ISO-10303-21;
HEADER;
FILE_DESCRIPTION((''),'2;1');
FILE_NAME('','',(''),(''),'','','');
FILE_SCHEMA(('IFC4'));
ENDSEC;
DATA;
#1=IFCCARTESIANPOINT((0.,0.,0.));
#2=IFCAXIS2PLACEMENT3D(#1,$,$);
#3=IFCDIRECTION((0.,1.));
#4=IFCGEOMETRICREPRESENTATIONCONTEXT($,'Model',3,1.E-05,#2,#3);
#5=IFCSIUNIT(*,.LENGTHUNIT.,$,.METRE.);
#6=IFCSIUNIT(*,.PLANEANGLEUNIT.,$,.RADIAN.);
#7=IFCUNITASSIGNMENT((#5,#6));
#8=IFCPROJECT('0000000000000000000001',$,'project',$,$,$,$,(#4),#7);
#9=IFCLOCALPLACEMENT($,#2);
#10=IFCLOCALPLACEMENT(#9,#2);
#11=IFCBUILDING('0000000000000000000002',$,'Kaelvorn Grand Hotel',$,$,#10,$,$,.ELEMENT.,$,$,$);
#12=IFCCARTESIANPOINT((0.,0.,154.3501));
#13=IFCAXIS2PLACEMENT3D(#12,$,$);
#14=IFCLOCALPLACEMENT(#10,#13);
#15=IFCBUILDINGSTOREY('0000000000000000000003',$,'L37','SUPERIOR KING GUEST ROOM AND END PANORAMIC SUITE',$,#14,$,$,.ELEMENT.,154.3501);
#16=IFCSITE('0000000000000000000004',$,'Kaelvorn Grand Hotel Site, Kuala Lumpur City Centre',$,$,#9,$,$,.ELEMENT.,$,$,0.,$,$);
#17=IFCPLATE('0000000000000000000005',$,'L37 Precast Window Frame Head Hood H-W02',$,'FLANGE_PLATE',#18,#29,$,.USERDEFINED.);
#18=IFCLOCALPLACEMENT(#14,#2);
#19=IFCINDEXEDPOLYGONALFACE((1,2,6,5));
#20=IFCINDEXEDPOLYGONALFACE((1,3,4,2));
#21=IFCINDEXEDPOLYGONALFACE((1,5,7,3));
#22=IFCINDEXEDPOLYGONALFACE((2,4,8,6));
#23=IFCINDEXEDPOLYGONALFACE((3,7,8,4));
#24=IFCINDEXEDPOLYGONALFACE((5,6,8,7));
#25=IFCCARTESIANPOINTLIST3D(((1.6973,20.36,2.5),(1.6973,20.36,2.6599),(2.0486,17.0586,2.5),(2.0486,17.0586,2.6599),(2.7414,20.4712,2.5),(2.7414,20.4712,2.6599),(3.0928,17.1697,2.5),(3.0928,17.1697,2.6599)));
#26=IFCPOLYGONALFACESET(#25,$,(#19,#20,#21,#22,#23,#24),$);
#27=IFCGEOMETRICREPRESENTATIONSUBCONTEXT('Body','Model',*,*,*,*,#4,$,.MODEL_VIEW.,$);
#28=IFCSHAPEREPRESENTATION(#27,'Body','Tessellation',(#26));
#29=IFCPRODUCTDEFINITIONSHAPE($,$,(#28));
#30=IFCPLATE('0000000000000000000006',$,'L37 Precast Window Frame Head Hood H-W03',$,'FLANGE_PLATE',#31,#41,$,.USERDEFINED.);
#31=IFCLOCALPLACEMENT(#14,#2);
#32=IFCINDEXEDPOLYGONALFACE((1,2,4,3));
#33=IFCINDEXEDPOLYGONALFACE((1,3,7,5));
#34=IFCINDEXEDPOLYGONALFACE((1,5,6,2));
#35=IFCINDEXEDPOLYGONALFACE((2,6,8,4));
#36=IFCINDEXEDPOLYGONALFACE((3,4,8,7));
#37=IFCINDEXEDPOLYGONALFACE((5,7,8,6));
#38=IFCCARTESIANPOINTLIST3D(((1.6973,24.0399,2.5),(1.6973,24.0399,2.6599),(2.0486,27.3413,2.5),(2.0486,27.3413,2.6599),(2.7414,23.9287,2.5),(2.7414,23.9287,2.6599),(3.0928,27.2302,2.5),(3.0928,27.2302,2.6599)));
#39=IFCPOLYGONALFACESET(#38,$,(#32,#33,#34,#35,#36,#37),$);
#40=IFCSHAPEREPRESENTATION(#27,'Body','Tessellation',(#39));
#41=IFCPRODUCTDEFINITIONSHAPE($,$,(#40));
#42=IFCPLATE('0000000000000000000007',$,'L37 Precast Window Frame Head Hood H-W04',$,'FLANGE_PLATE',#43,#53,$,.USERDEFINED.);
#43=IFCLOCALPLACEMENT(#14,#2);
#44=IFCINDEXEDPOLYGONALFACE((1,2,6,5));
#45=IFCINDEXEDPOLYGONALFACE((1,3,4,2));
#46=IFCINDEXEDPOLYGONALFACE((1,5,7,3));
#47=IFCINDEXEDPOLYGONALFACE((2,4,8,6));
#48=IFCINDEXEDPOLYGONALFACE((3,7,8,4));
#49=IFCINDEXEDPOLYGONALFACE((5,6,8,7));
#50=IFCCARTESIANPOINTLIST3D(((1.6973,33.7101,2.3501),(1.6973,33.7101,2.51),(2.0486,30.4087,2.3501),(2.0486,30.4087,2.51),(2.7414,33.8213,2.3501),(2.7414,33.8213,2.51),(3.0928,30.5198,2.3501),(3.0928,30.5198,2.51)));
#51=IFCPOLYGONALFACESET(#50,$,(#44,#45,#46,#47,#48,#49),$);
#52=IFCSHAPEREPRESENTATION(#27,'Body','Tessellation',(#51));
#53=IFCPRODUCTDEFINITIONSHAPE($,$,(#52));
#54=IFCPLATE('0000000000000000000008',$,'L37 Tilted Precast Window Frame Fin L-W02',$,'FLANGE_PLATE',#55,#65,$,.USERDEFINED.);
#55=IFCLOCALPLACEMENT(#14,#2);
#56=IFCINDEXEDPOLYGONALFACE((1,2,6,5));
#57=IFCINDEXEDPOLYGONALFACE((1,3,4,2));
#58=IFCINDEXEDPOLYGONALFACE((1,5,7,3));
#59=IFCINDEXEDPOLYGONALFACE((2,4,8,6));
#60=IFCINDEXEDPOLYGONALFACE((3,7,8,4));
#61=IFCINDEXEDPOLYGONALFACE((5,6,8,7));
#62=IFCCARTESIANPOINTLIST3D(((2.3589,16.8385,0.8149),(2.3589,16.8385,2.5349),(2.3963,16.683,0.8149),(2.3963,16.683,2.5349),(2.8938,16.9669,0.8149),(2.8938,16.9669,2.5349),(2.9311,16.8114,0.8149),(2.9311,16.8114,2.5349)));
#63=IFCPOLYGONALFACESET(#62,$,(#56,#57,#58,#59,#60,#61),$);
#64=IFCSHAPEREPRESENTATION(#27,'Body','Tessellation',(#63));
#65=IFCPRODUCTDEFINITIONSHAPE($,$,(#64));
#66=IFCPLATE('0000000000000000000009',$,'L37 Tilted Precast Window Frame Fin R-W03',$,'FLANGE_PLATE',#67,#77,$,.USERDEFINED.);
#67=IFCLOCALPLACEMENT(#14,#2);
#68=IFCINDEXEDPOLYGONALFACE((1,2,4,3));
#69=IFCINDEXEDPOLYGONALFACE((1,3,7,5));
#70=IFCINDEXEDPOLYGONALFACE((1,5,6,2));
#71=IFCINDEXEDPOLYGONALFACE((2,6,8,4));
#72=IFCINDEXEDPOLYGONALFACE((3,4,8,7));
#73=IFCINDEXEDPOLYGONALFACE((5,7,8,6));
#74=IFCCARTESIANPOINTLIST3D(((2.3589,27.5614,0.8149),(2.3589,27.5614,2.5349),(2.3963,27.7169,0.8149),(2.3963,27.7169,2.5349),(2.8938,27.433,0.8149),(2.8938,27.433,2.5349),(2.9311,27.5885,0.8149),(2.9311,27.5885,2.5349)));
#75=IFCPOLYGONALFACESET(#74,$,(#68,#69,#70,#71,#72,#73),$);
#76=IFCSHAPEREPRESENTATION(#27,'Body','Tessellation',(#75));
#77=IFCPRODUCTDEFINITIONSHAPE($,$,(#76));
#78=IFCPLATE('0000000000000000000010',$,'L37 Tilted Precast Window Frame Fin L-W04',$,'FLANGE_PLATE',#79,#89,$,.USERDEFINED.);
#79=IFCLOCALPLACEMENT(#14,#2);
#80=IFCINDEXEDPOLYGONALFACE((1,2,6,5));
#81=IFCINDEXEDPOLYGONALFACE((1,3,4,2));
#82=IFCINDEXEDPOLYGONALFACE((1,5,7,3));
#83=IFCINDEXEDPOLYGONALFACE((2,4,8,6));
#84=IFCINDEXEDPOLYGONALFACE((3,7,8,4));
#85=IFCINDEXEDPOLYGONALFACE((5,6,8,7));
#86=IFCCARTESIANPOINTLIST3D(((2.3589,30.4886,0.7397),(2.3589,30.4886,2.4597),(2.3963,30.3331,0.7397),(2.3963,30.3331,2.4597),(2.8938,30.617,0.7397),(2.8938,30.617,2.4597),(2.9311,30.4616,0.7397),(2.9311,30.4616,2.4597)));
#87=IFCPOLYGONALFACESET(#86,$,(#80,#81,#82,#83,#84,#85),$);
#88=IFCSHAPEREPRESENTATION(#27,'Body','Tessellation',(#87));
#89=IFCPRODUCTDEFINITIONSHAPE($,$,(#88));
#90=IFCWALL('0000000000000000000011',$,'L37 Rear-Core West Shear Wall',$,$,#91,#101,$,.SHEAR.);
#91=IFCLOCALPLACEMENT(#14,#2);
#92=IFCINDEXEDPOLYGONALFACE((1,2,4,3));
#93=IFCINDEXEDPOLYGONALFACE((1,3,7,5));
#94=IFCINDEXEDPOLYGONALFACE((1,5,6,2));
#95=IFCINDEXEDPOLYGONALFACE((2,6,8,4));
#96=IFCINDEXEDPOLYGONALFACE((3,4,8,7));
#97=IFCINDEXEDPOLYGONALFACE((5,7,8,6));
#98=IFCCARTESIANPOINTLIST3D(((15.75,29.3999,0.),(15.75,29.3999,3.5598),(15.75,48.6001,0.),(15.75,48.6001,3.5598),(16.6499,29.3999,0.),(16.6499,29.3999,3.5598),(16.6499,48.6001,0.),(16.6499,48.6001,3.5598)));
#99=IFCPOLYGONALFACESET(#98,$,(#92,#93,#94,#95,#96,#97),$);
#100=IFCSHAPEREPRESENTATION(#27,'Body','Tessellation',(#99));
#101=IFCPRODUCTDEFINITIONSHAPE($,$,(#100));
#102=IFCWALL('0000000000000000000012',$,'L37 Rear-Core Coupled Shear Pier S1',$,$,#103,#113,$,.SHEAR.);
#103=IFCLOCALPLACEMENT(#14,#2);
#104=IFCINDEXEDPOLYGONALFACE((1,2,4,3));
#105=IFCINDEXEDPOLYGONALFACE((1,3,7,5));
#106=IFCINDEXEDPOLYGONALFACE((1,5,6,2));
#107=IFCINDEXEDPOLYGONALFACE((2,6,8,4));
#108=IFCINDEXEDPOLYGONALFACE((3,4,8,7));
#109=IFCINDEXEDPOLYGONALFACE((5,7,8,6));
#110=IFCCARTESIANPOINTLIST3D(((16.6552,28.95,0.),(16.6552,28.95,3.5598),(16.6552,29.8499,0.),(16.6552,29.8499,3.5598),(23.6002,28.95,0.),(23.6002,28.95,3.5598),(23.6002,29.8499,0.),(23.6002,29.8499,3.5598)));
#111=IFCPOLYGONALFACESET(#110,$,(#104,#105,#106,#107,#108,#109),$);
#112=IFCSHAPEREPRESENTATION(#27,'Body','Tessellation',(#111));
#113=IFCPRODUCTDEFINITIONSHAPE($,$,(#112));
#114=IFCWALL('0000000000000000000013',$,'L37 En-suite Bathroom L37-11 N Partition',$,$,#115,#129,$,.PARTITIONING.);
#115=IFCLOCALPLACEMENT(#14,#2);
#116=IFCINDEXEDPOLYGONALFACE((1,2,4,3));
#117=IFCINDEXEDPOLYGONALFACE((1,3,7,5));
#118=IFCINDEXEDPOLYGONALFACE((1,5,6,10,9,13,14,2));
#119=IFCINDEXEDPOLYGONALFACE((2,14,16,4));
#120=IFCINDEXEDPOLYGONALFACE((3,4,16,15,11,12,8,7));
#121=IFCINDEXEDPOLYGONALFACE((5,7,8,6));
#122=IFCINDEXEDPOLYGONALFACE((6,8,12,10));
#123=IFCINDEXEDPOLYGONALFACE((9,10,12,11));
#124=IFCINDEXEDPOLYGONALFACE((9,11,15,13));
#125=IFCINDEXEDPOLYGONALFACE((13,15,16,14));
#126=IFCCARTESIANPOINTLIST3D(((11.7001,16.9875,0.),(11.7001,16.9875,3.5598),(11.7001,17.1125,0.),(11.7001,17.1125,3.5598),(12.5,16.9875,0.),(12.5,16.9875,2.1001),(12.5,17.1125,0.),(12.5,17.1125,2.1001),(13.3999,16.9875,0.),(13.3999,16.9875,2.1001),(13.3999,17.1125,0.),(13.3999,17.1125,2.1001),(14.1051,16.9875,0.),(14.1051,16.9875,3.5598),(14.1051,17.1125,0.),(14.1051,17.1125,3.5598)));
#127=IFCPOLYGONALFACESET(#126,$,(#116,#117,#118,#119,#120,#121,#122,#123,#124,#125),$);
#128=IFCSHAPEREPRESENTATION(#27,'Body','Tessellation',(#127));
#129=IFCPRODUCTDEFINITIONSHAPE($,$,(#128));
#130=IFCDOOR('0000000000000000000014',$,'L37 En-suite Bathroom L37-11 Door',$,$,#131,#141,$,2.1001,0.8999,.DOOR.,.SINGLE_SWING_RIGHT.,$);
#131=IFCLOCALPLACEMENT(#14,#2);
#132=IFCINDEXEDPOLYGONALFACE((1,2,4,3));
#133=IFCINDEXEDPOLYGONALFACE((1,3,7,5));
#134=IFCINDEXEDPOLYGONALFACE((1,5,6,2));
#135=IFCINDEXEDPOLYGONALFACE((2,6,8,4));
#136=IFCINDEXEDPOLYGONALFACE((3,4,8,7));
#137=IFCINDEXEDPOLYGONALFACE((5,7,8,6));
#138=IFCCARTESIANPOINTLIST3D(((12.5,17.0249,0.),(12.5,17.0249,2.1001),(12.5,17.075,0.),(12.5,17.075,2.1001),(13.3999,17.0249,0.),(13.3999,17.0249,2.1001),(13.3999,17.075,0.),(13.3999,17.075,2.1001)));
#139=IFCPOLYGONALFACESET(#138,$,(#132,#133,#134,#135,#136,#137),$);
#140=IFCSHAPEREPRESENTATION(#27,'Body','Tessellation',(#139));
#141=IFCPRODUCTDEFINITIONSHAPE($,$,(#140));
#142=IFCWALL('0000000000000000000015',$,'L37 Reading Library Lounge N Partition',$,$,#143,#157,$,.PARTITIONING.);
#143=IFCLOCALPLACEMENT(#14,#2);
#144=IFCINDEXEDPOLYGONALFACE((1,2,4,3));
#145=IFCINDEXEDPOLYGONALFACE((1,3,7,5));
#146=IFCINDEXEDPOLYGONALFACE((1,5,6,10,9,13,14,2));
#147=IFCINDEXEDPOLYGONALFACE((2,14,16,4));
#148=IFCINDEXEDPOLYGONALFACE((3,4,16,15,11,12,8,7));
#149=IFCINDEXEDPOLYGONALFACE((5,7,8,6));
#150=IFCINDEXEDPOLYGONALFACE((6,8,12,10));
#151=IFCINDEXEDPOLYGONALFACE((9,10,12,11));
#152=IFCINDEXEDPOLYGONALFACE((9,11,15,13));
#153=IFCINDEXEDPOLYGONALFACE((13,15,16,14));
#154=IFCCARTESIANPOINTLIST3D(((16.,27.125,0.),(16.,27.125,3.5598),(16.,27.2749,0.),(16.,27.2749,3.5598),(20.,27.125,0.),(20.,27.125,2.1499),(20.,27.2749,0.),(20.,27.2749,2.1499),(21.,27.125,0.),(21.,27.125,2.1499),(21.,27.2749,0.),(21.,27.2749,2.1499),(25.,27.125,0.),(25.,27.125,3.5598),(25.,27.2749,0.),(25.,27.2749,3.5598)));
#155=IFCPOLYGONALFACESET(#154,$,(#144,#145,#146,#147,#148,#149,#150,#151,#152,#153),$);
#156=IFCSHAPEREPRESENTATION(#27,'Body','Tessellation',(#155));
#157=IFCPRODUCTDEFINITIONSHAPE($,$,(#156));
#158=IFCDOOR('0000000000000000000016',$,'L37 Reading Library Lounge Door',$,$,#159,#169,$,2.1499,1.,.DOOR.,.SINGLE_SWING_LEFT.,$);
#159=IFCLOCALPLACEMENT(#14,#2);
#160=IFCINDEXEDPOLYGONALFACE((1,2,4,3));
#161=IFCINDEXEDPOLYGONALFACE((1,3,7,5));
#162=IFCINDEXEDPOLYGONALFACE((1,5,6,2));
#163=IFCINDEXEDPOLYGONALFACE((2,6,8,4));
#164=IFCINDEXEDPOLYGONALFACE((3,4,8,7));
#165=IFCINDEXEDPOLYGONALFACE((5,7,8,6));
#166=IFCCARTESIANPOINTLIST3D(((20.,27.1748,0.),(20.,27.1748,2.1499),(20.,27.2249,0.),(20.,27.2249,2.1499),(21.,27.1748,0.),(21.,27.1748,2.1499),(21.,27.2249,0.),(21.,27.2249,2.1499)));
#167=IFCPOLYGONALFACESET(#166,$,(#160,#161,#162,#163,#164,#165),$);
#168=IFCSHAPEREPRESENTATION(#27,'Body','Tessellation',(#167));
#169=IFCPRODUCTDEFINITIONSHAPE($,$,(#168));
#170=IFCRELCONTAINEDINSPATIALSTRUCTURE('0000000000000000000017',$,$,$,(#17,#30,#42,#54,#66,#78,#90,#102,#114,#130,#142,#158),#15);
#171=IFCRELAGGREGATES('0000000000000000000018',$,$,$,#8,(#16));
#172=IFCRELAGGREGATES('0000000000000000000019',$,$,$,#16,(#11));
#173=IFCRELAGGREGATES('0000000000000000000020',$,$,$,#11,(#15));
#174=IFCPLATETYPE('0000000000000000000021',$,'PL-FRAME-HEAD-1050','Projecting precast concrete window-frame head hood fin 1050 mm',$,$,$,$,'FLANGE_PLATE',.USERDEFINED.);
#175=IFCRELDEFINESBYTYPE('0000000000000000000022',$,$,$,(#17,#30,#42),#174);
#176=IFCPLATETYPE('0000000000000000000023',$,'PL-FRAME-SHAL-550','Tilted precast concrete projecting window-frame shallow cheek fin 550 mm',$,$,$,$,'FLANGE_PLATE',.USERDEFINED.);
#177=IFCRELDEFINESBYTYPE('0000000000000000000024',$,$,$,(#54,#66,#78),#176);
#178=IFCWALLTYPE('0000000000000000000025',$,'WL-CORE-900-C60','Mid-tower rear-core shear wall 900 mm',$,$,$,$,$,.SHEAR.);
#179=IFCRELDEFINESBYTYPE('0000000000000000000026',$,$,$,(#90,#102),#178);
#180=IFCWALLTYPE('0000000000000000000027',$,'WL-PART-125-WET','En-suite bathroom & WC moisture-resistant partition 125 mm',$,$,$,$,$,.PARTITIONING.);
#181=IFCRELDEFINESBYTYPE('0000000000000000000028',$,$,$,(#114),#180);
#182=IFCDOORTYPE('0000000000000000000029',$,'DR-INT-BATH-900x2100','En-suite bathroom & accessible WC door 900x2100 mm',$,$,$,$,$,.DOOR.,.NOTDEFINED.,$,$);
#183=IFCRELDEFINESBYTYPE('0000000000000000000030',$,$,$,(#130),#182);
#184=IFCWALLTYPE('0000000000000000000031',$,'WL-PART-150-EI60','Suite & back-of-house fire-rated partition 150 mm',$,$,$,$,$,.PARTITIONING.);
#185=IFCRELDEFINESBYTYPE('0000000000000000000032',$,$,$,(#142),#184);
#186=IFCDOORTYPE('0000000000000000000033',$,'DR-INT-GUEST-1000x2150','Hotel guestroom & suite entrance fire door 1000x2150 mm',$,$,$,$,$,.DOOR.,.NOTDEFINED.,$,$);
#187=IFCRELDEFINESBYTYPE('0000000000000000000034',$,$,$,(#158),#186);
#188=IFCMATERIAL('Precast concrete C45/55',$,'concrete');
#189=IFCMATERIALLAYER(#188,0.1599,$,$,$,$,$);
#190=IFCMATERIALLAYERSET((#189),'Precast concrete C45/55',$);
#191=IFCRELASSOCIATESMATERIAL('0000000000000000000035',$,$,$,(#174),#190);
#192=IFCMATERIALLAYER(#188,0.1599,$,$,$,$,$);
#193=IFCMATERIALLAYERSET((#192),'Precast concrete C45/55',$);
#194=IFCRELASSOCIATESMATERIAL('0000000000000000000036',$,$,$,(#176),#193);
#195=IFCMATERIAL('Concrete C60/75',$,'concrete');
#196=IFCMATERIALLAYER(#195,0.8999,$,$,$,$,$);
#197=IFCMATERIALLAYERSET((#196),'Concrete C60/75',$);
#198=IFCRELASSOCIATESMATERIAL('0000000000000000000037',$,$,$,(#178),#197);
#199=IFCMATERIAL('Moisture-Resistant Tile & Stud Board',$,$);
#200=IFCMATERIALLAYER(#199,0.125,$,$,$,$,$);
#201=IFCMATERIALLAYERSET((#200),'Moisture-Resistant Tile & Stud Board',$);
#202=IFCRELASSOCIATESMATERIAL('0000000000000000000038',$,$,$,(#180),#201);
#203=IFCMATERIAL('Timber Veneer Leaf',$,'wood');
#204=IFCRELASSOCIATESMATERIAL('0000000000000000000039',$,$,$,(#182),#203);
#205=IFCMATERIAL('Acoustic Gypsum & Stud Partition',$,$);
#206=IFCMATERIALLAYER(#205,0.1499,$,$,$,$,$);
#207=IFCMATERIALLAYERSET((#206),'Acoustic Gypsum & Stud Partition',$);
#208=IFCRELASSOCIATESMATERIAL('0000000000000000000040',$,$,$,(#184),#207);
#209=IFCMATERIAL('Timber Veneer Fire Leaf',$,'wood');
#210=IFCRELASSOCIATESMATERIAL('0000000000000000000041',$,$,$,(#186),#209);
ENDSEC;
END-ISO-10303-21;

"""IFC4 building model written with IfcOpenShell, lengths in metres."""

from ifc_helpers import new_model, si_unit, direction, frame, frame_2d, origin, origin_2d, place, context, subcontext, project, spatial, rectangle, extrude, material, layer, layer_set, type_object, element, fill, save


model = new_model("IFC4")

# Units and contexts
model_context = context("Model", 3, precision=1e-05, world=origin(), true_north=direction((0.0, 1.0)))
body_context = subcontext(model_context, "Body", "Model", "MODEL_VIEW")
ifc_project = project(units=[si_unit("LENGTHUNIT", "METRE"), si_unit("PLANEANGLEUNIT", "RADIAN")], contexts=[model_context])

# Site, building, storey
site_placement = place(None, origin())
site = spatial("IfcSite", under=ifc_project, at=site_placement, Name="Kaelvorn Grand Hotel Site, Kuala Lumpur City Centre", CompositionType="ELEMENT", RefElevation=0.0)
building_placement = place(site_placement, origin())
building = spatial("IfcBuilding", under=site, at=building_placement, Name="Kaelvorn Grand Hotel", CompositionType="ELEMENT")
storey_placement = place(building_placement, frame((0.0, 0.0, 154.3501)))
storey = spatial("IfcBuildingStorey", under=building, at=storey_placement, Name="L37", Description="SUPERIOR KING GUEST ROOM AND END PANORAMIC SUITE", CompositionType="ELEMENT", Elevation=154.3501)

# Shared definitions
ifc_material_1 = material(Name="Concrete C60/75", Category="concrete")

# Plates
ifc_material_2 = material(Name="Precast concrete C45/55", Category="concrete")
ifc_layer_1 = layer(ifc_material_2, 0.1599)
ifc_layer_set_1 = layer_set([ifc_layer_1], Name="Precast concrete C45/55")
plate_type_1 = type_object("IfcPlateType", Name="PL-FRAME-HEAD-1050", Description="Projecting precast concrete window-frame head hood fin 1050 mm", ElementType="FLANGE_PLATE", PredefinedType="USERDEFINED", material=ifc_layer_set_1)
for number, where, z_axis, x_axis, name in (
    (1, (2.395, 18.7649, 2.5), (0.0, 0.0, 1.0), (-0.10583, 0.994384, 0.0), "L37 Precast Window Frame Head Hood H-W02"),
    (2, (2.395, 25.635, 2.5), (0.0, 0.0, 1.0), (0.10583, 0.994384, 0.0), "L37 Precast Window Frame Head Hood H-W03"),
    (3, (2.395, 32.115, 2.3501), (0.0, 0.0, 1.0), (-0.10583, 0.994384, 0.0), "L37 Precast Window Frame Head Hood H-W04"),
):
    element("IfcPlate", number, at=place(storey_placement, frame(where, z_axis=z_axis, x_axis=x_axis)), inside=storey, type_object=plate_type_1, Name=name, ObjectType="FLANGE_PLATE", PredefinedType="USERDEFINED", context=body_context, shape_type="SweptSolid", body=[
        extrude(rectangle(XDim=3.3201, YDim=1.05, at=origin_2d()), origin(), (0.0, 0.0, 1.0), 0.1599),
    ])
ifc_layer_2 = layer(ifc_material_2, 0.1599)
ifc_layer_set_2 = layer_set([ifc_layer_2], Name="Precast concrete C45/55")
plate_type_2 = type_object("IfcPlateType", Name="PL-FRAME-SHAL-550", Description="Tilted precast concrete projecting window-frame shallow cheek fin 550 mm", ElementType="FLANGE_PLATE", PredefinedType="USERDEFINED", material=ifc_layer_set_2)
for number, where, z_axis, x_axis, name in (
    (4, (2.645, 16.825, 0.8149), (0.0, 0.0, 1.0), (-0.233445, 0.97237, 0.0), "L37 Tilted Precast Window Frame Fin L-W02"),
    (5, (2.645, 27.575, 0.8149), (0.0, 0.0, 1.0), (0.233445, 0.97237, 0.0), "L37 Tilted Precast Window Frame Fin R-W03"),
    (6, (2.645, 30.4751, 0.7397), (0.0, 0.0, 1.0), (-0.233445, 0.97237, 0.0), "L37 Tilted Precast Window Frame Fin L-W04"),
):
    element("IfcPlate", number, at=place(storey_placement, frame(where, z_axis=z_axis, x_axis=x_axis)), inside=storey, type_object=plate_type_2, Name=name, ObjectType="FLANGE_PLATE", PredefinedType="USERDEFINED", context=body_context, shape_type="SweptSolid", body=[
        extrude(rectangle(XDim=0.1599, YDim=0.55, at=origin_2d()), origin(), (0.0, 0.0, 1.0), 1.72),
    ])

# Walls
ifc_layer_3 = layer(ifc_material_1, 0.8999)
ifc_layer_set_3 = layer_set([ifc_layer_3], Name="Concrete C60/75")
wall_type_1 = type_object("IfcWallType", Name="WL-CORE-900-C60", Description="Mid-tower rear-core shear wall 900 mm", PredefinedType="SHEAR", material=ifc_layer_set_3)
wall_1_placement = place(storey_placement, frame((16.2, 29.3999, 0.0), z_axis=(0.0, 0.0, 1.0), x_axis=(0.0, 1.0, 0.0)))
element("IfcWall", 7, at=wall_1_placement, inside=storey, type_object=wall_type_1, Name="L37 Rear-Core West Shear Wall", PredefinedType="SHEAR", context=body_context, shape_type="SweptSolid", body=[
    extrude(rectangle(XDim=19.2002, YDim=0.8999, at=frame_2d((9.6001, 0.0))), origin(), (0.0, 0.0, 1.0), 3.5598),
])
wall_2_placement = place(storey_placement, frame((16.655, 29.3999, 0.0), z_axis=(0.0, 0.0, 1.0), x_axis=(1.0, 0.0, 0.0)))
element("IfcWall", 8, at=wall_2_placement, inside=storey, type_object=wall_type_1, Name="L37 Rear-Core Coupled Shear Pier S1", PredefinedType="SHEAR", context=body_context, shape_type="SweptSolid", body=[
    extrude(rectangle(XDim=6.9451, YDim=0.8999, at=frame_2d((3.4727, 0.0))), origin(), (0.0, 0.0, 1.0), 3.5598),
])

# Walls, openings, doors
ifc_material_3 = material(Name="Moisture-Resistant Tile & Stud Board")
ifc_layer_4 = layer(ifc_material_3, 0.125)
ifc_layer_set_4 = layer_set([ifc_layer_4], Name="Moisture-Resistant Tile & Stud Board")
wall_type_2 = type_object("IfcWallType", Name="WL-PART-125-WET", Description="En-suite bathroom & WC moisture-resistant partition 125 mm", PredefinedType="PARTITIONING", material=ifc_layer_set_4)
wall_3_placement = place(storey_placement, frame((11.7, 17.05, 0.0), z_axis=(0.0, 0.0, 1.0), x_axis=(1.0, 0.0, 0.0)))
wall_3 = element("IfcWall", 9, at=wall_3_placement, inside=storey, type_object=wall_type_2, Name="L37 En-suite Bathroom L37-11 N Partition", PredefinedType="PARTITIONING", context=body_context, shape_type="SweptSolid", body=[
    extrude(rectangle(XDim=2.405, YDim=0.125, at=frame_2d((1.2026, 0.0))), origin(), (0.0, 0.0, 1.0), 3.5598),
])
opening_1_placement = place(wall_3_placement, frame((0.8, 0.0, 0.0)))
opening_1 = element("IfcOpeningElement", 10, at=opening_1_placement, cuts=wall_3, PredefinedType="OPENING", context=body_context, shape_type="SweptSolid", body=[
    extrude(rectangle(XDim=0.8999, YDim=2.1001, at=frame_2d((0.45, 1.05))), frame((0.0, 0.0725, 0.0), z_axis=(0.0, -1.0, 0.0), x_axis=(1.0, 0.0, 0.0)), (0.0, 0.0, 1.0), 0.145),
])
ifc_material_4 = material(Name="Timber Veneer Leaf", Category="wood")
door_type_1 = type_object("IfcDoorType", Name="DR-INT-BATH-900x2100", Description="En-suite bathroom & accessible WC door 900x2100 mm", OperationType="NOTDEFINED", PredefinedType="DOOR", material=ifc_material_4)
door_1_placement = place(opening_1_placement, origin())
door_1 = element("IfcDoor", 11, at=door_1_placement, inside=storey, type_object=door_type_1, Name="L37 En-suite Bathroom L37-11 Door", OperationType="SINGLE_SWING_RIGHT", OverallHeight=2.1001, OverallWidth=0.8999, PredefinedType="DOOR", context=body_context, shape_type="SweptSolid", body=[
    extrude(rectangle(XDim=0.8999, YDim=2.1001, at=frame_2d((0.45, 1.05))), frame((0.0, 0.0249, 0.0), z_axis=(0.0, -1.0, 0.0), x_axis=(1.0, 0.0, 0.0)), (0.0, 0.0, 1.0), 0.05),
])
fill(opening_1, door_1)
ifc_material_5 = material(Name="Acoustic Gypsum & Stud Partition")
ifc_layer_5 = layer(ifc_material_5, 0.1499)
ifc_layer_set_5 = layer_set([ifc_layer_5], Name="Acoustic Gypsum & Stud Partition")
wall_type_3 = type_object("IfcWallType", Name="WL-PART-150-EI60", Description="Suite & back-of-house fire-rated partition 150 mm", PredefinedType="PARTITIONING", material=ifc_layer_set_5)
wall_4_placement = place(storey_placement, frame((16.0, 27.2, 0.0), z_axis=(0.0, 0.0, 1.0), x_axis=(1.0, 0.0, 0.0)))
wall_4 = element("IfcWall", 12, at=wall_4_placement, inside=storey, type_object=wall_type_3, Name="L37 Reading Library Lounge N Partition", PredefinedType="PARTITIONING", context=body_context, shape_type="SweptSolid", body=[
    extrude(rectangle(XDim=9.0, YDim=0.1499, at=frame_2d((4.5, 0.0))), origin(), (0.0, 0.0, 1.0), 3.5598),
])
opening_2_placement = place(wall_4_placement, frame((4.0, 0.0, 0.0)))
opening_2 = element("IfcOpeningElement", 13, at=opening_2_placement, cuts=wall_4, PredefinedType="OPENING", context=body_context, shape_type="SweptSolid", body=[
    extrude(rectangle(XDim=1.0, YDim=2.1499, at=frame_2d((0.5, 1.075))), frame((0.0, 0.085, 0.0), z_axis=(0.0, -1.0, 0.0), x_axis=(1.0, 0.0, 0.0)), (0.0, 0.0, 1.0), 0.1699),
])
ifc_material_6 = material(Name="Timber Veneer Fire Leaf", Category="wood")
door_type_2 = type_object("IfcDoorType", Name="DR-INT-GUEST-1000x2150", Description="Hotel guestroom & suite entrance fire door 1000x2150 mm", OperationType="NOTDEFINED", PredefinedType="DOOR", material=ifc_material_6)
door_2_placement = place(opening_2_placement, origin())
door_2 = element("IfcDoor", 14, at=door_2_placement, inside=storey, type_object=door_type_2, Name="L37 Reading Library Lounge Door", OperationType="SINGLE_SWING_LEFT", OverallHeight=2.1499, OverallWidth=1.0, PredefinedType="DOOR", context=body_context, shape_type="SweptSolid", body=[
    extrude(rectangle(XDim=1.0, YDim=2.1499, at=frame_2d((0.5, 1.075))), frame((0.0, 0.0249, 0.0), z_axis=(0.0, -1.0, 0.0), x_axis=(1.0, 0.0, 0.0)), (0.0, 0.0, 1.0), 0.05),
])
fill(opening_2, door_2)

save(model, "model.ifc")
